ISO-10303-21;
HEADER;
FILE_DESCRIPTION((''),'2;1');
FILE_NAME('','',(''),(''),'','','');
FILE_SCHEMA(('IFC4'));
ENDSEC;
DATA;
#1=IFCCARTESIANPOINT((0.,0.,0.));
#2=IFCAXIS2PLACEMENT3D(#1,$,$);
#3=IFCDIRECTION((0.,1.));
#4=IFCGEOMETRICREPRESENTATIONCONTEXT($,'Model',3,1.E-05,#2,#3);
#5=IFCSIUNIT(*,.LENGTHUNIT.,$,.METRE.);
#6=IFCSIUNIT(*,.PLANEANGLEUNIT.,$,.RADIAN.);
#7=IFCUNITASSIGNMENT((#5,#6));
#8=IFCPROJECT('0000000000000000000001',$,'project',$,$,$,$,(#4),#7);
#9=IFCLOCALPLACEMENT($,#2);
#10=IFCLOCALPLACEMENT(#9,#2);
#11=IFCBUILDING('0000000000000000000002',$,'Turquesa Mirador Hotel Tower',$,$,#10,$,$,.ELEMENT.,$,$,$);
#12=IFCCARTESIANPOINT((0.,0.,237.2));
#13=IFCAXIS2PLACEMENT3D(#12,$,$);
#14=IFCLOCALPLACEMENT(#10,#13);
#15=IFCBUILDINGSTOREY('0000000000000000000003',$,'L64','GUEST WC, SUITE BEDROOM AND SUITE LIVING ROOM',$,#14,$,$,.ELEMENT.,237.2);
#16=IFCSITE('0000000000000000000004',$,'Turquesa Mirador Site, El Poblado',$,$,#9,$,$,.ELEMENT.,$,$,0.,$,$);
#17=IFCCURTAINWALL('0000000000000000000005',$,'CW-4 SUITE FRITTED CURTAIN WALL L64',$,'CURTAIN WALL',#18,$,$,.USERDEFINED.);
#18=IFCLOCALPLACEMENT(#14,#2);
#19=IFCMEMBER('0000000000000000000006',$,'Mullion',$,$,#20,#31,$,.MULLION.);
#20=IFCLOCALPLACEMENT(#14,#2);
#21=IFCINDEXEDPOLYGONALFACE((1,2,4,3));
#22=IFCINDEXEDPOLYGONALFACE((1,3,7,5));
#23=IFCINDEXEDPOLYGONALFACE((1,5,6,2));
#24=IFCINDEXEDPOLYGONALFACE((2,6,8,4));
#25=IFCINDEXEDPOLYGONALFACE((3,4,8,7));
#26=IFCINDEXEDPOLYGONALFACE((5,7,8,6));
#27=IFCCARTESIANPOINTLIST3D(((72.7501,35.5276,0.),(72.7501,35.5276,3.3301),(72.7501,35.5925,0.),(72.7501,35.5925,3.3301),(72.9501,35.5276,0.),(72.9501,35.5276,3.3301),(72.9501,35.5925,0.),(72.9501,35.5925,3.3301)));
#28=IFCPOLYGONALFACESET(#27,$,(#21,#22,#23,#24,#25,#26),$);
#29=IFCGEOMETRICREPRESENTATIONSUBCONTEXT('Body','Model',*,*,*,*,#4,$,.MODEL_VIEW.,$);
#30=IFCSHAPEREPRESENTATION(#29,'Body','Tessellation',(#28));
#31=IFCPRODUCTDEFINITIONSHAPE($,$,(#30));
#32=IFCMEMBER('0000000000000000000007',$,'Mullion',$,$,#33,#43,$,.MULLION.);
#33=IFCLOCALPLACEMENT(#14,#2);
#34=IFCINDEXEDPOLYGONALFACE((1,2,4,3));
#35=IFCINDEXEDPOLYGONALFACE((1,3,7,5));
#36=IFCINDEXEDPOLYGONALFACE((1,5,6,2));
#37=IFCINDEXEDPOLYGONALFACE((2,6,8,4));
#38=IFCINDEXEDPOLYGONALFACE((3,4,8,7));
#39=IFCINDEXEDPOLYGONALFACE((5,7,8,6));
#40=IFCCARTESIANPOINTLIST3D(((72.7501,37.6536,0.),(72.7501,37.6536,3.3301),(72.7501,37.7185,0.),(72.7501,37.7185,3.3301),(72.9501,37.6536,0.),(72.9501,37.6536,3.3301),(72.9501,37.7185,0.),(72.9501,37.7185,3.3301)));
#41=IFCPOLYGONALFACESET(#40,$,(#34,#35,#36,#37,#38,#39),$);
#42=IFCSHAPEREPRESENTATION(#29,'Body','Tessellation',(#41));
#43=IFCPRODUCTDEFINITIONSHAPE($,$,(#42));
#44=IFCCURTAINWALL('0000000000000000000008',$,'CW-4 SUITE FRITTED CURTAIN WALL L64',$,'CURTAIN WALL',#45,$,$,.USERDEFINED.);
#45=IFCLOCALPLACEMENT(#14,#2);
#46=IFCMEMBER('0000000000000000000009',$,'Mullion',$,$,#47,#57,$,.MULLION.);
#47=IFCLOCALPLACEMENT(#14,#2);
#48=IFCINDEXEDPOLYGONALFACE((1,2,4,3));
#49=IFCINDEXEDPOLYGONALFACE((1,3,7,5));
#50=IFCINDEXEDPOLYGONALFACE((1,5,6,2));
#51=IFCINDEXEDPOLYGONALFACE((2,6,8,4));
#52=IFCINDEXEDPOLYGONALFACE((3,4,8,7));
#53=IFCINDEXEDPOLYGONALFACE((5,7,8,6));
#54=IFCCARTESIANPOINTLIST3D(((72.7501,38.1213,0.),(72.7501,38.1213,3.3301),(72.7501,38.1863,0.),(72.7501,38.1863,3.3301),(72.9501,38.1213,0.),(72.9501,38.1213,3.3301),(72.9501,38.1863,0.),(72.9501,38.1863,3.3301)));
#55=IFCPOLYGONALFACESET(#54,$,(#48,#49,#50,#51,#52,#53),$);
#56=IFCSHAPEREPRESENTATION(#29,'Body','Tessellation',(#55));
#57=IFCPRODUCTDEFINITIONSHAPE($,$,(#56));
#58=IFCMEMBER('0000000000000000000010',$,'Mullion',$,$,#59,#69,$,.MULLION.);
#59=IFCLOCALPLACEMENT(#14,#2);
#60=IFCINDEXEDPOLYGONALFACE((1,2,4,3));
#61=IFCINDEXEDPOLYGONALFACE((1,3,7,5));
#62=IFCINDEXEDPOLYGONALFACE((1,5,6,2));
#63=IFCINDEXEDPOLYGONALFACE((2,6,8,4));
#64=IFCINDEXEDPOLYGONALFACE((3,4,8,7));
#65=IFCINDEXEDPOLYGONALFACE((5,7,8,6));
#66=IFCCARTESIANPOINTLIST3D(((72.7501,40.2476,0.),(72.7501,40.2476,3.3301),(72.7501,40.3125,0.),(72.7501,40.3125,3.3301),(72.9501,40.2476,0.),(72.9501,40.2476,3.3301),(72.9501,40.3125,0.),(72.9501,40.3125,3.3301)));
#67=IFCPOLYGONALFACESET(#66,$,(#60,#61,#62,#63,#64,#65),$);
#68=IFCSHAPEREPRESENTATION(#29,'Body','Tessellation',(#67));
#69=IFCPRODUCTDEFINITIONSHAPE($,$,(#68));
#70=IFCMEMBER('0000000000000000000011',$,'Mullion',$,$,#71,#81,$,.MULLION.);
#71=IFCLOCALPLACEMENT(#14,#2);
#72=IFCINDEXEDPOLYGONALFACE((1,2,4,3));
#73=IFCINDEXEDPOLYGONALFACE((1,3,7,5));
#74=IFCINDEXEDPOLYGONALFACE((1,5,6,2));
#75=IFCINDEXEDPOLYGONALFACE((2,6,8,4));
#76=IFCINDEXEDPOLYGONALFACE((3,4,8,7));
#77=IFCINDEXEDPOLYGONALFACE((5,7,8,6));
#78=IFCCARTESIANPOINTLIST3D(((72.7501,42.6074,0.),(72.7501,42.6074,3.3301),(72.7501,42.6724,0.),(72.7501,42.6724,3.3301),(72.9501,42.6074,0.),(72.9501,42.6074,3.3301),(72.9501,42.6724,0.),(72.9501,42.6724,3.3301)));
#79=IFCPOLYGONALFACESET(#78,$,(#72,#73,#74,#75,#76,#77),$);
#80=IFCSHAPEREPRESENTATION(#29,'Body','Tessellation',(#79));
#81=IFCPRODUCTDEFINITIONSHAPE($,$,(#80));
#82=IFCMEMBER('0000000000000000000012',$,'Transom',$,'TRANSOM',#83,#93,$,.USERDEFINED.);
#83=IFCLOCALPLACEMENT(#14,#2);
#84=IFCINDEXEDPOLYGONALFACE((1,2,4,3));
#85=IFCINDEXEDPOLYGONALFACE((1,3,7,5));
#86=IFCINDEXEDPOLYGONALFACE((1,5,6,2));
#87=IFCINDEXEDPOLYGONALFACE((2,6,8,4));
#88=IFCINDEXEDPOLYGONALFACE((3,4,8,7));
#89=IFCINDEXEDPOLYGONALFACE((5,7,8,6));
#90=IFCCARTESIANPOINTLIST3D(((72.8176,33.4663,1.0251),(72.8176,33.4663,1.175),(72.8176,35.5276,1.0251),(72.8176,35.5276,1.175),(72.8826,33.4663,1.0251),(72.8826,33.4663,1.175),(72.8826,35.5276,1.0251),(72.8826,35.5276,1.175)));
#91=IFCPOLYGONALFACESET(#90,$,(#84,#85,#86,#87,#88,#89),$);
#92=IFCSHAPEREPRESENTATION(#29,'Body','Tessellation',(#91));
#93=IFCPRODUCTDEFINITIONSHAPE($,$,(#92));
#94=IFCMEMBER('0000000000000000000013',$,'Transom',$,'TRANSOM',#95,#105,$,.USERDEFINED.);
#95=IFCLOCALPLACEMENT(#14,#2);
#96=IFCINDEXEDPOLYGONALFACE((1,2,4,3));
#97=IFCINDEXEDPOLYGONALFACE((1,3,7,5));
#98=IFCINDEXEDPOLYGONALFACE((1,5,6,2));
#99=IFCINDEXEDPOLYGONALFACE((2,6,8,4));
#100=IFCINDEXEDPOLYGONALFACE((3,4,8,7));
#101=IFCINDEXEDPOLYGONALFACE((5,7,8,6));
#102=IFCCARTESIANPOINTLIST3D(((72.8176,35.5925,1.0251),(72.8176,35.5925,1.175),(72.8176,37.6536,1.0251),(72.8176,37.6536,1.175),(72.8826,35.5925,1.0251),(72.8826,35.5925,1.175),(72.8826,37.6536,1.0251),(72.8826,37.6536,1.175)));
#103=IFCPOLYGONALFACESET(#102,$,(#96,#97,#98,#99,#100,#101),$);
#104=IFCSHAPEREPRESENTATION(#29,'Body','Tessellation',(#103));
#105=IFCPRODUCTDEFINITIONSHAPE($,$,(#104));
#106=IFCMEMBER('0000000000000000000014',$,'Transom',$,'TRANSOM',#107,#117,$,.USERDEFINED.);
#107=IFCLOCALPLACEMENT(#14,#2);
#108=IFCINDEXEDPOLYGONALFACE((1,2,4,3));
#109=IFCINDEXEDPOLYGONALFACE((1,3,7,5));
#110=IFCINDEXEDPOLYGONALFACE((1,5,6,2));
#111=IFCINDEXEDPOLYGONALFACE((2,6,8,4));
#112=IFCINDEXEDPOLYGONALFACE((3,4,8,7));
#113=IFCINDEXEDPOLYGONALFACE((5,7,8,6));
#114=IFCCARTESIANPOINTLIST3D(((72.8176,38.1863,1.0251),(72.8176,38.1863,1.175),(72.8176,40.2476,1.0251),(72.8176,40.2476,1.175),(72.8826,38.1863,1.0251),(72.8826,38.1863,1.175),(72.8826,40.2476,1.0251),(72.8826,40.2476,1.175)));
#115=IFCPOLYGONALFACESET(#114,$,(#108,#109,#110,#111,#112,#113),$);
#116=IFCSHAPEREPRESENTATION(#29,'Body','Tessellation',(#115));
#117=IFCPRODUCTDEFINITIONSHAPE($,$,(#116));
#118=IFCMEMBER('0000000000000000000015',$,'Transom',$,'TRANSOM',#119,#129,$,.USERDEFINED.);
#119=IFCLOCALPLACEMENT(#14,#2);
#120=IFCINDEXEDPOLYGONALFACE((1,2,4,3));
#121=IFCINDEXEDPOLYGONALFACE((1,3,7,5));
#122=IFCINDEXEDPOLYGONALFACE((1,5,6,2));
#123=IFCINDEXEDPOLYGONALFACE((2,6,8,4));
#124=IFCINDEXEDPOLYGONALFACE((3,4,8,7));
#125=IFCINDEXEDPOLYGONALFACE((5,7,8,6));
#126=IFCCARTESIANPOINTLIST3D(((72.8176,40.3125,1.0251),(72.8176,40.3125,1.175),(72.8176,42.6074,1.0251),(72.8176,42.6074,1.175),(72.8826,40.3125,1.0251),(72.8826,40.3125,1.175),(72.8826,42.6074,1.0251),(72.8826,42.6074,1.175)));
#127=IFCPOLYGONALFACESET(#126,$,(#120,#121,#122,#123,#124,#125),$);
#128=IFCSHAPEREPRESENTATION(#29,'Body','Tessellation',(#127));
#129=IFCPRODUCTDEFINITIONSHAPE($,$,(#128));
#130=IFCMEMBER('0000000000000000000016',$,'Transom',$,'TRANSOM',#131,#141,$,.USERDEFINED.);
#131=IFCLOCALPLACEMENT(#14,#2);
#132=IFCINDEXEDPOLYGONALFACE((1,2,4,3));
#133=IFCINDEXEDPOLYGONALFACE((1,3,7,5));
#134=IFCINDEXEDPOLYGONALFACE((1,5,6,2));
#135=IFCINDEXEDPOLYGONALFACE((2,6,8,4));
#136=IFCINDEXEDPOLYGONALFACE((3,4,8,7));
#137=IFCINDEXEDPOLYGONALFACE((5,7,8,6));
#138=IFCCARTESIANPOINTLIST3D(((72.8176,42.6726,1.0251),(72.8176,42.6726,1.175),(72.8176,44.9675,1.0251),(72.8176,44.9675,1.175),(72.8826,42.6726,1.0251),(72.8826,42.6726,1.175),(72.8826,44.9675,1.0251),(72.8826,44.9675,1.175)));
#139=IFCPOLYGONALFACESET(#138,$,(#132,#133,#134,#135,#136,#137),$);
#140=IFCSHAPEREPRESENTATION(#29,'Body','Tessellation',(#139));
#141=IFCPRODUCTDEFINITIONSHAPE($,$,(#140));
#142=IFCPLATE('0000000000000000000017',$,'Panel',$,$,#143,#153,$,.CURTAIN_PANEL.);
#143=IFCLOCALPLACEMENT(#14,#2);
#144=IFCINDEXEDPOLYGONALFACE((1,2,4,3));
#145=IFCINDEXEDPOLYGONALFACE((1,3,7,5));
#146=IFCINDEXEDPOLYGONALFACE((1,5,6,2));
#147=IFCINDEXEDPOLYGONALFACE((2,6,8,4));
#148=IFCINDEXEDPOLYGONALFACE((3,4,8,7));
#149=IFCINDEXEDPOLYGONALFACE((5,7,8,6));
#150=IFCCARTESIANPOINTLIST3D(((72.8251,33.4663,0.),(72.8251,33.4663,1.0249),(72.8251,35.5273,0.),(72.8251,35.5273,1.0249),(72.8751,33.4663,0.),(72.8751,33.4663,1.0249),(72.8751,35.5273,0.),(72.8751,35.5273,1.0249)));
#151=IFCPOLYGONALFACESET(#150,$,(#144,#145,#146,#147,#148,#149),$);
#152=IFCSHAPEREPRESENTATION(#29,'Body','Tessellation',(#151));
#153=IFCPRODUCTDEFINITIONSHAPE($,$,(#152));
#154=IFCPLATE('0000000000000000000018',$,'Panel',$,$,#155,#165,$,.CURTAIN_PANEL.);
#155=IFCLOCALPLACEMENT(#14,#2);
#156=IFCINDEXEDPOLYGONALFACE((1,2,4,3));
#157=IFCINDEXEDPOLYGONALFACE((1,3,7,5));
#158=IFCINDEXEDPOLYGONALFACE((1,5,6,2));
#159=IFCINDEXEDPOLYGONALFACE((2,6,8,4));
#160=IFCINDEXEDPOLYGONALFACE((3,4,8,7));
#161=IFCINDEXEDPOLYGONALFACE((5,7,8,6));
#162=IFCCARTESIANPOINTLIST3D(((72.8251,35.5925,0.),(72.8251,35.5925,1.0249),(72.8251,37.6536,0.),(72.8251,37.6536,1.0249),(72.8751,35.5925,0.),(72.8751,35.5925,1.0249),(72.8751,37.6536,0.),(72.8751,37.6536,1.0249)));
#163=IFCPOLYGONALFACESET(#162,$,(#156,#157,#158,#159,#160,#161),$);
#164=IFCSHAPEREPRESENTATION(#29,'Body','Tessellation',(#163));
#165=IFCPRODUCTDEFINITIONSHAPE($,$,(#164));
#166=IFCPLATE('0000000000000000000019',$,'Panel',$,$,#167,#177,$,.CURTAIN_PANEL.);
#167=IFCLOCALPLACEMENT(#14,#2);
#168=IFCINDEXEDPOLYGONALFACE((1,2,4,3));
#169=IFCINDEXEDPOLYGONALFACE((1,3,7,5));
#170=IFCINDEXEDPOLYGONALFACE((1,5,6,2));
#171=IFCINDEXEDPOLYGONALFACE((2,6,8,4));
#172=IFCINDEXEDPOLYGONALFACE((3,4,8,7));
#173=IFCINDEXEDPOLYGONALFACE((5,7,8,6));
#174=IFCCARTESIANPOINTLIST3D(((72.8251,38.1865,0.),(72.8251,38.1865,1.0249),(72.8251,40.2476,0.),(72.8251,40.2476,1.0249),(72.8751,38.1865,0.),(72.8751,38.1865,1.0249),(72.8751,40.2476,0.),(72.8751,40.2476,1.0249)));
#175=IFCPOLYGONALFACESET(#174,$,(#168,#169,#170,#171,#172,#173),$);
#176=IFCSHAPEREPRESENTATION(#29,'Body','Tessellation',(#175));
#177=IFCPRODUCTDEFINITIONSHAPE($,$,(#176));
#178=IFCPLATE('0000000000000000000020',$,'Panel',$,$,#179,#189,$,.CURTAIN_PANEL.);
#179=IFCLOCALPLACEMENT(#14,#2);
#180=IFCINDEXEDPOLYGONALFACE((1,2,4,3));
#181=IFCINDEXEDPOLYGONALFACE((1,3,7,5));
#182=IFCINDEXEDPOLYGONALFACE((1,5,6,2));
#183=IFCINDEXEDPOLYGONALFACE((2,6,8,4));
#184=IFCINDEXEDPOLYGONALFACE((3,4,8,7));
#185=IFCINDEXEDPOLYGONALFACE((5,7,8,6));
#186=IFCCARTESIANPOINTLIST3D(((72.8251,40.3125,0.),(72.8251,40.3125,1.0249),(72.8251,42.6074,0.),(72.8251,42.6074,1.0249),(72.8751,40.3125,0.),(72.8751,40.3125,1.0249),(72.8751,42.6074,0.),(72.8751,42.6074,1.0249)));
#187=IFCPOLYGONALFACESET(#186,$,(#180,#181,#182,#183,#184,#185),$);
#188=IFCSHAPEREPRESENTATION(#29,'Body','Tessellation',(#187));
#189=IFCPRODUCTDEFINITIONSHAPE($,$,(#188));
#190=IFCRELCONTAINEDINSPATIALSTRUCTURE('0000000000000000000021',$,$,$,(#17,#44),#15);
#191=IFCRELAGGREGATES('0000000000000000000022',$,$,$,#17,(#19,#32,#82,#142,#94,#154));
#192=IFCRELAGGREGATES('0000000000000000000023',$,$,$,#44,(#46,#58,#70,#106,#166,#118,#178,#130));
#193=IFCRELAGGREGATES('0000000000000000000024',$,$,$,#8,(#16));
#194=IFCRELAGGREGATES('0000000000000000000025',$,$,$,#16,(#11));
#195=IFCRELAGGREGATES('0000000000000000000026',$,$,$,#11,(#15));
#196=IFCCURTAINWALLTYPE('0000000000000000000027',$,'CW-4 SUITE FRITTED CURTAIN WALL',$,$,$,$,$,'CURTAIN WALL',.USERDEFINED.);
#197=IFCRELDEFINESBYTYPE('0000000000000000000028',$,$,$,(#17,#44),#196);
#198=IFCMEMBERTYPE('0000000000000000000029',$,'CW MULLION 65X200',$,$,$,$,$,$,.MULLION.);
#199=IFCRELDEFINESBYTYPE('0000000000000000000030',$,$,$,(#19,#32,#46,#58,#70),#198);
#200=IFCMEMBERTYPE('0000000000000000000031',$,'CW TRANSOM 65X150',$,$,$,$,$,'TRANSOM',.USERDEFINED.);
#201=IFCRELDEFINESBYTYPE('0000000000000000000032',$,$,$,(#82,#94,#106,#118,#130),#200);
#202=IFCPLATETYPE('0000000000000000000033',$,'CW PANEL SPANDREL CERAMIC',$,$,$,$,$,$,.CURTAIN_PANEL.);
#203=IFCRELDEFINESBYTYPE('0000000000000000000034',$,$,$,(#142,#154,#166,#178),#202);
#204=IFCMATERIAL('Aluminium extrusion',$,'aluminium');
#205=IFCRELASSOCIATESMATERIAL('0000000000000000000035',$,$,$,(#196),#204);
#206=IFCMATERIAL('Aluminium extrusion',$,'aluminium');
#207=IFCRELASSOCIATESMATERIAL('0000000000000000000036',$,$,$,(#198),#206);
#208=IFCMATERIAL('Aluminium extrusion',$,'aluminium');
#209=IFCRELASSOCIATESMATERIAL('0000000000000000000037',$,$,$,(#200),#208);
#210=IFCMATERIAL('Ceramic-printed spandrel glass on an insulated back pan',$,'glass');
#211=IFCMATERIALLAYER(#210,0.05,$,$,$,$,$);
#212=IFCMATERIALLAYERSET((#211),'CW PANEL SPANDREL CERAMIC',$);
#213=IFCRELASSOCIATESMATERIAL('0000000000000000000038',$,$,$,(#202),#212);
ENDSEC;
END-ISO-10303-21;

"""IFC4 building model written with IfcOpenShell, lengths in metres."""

from ifc_helpers import new_model, si_unit, direction, frame, origin, origin_2d, place, context, subcontext, project, spatial, rectangle, extrude, material, layer, layer_set, material_profile, profile_set, type_object, element, aggregate, save


model = new_model("IFC4")

# Units and contexts
model_context = context("Model", 3, precision=1e-05, world=origin(), true_north=direction((0.0, 1.0)))
body_context = subcontext(model_context, "Body", "Model", "MODEL_VIEW")
ifc_project = project(units=[si_unit("LENGTHUNIT", "METRE"), si_unit("PLANEANGLEUNIT", "RADIAN")], contexts=[model_context])

# Site, building, storey
site_placement = place(None, origin())
site = spatial("IfcSite", under=ifc_project, at=site_placement, Name="Turquesa Mirador Site, El Poblado", CompositionType="ELEMENT", RefElevation=0.0)
building_placement = place(site_placement, origin())
building = spatial("IfcBuilding", under=site, at=building_placement, Name="Turquesa Mirador Hotel Tower", CompositionType="ELEMENT")
storey_placement = place(building_placement, frame((0.0, 0.0, 237.2)))
storey = spatial("IfcBuildingStorey", under=building, at=storey_placement, Name="L64", Description="GUEST WC, SUITE BEDROOM AND SUITE LIVING ROOM", CompositionType="ELEMENT", Elevation=237.2)

# Curtain walls, members
ifc_material_1 = material(Name="Aluminium extrusion", Category="aluminium")
curtain_wall_type = type_object("IfcCurtainWallType", Name="CW-4 SUITE FRITTED CURTAIN WALL", ElementType="CURTAIN WALL", PredefinedType="USERDEFINED", material=ifc_material_1)
curtain_wall_1_placement = place(storey_placement, origin())
curtain_wall_1 = element("IfcCurtainWall", 1, at=curtain_wall_1_placement, inside=storey, type_object=curtain_wall_type, Name="CW-4 SUITE FRITTED CURTAIN WALL L64", ObjectType="CURTAIN WALL", PredefinedType="USERDEFINED")
ifc_material_2 = material(Name="Aluminium extrusion", Category="aluminium")
ifc_material_profile_1 = material_profile(ifc_material_2, rectangle(XDim=0.0649, YDim=0.2, at=origin_2d()), Name="MULLION 65X200")
ifc_profile_set_1 = profile_set([ifc_material_profile_1], Name="Aluminium extrusion")
member_type_1 = type_object("IfcMemberType", Name="CW MULLION 65X200", PredefinedType="MULLION", material=ifc_profile_set_1)
member_1_placement = place(storey_placement, frame((72.8501, 35.5601, 0.0), z_axis=(0.0, 0.0, 1.0), x_axis=(0.0, 1.0, 0.0)))
member_1 = element("IfcMember", 2, at=member_1_placement, type_object=member_type_1, Name="Mullion", PredefinedType="MULLION", context=body_context, shape_type="SweptSolid", body=[
    extrude(rectangle(XDim=0.0649, YDim=0.2, at=origin_2d()), origin(), (0.0, 0.0, 1.0), 3.3301),
])
member_2_placement = place(storey_placement, frame((72.8501, 37.686, 0.0), z_axis=(0.0, 0.0, 1.0), x_axis=(0.0, 1.0, 0.0)))
member_2 = element("IfcMember", 3, at=member_2_placement, type_object=member_type_1, Name="Mullion", PredefinedType="MULLION", context=body_context, shape_type="SweptSolid", body=[
    extrude(rectangle(XDim=0.0649, YDim=0.2, at=origin_2d()), origin(), (0.0, 0.0, 1.0), 3.3301),
])
curtain_wall_2_placement = place(storey_placement, origin())
curtain_wall_2 = element("IfcCurtainWall", 4, at=curtain_wall_2_placement, inside=storey, type_object=curtain_wall_type, Name="CW-4 SUITE FRITTED CURTAIN WALL L64", ObjectType="CURTAIN WALL", PredefinedType="USERDEFINED")
member_3_placement = place(storey_placement, frame((72.8501, 38.1538, 0.0), z_axis=(0.0, 0.0, 1.0), x_axis=(0.0, 1.0, 0.0)))
member_3 = element("IfcMember", 5, at=member_3_placement, type_object=member_type_1, Name="Mullion", PredefinedType="MULLION", context=body_context, shape_type="SweptSolid", body=[
    extrude(rectangle(XDim=0.0649, YDim=0.2, at=origin_2d()), origin(), (0.0, 0.0, 1.0), 3.3301),
])
member_4_placement = place(storey_placement, frame((72.8501, 40.28, 0.0), z_axis=(0.0, 0.0, 1.0), x_axis=(0.0, 1.0, 0.0)))
member_4 = element("IfcMember", 6, at=member_4_placement, type_object=member_type_1, Name="Mullion", PredefinedType="MULLION", context=body_context, shape_type="SweptSolid", body=[
    extrude(rectangle(XDim=0.0649, YDim=0.2, at=origin_2d()), origin(), (0.0, 0.0, 1.0), 3.3301),
])
member_5_placement = place(storey_placement, frame((72.8501, 42.6399, 0.0), z_axis=(0.0, 0.0, 1.0), x_axis=(0.0, 1.0, 0.0)))
member_5 = element("IfcMember", 7, at=member_5_placement, type_object=member_type_1, Name="Mullion", PredefinedType="MULLION", context=body_context, shape_type="SweptSolid", body=[
    extrude(rectangle(XDim=0.0649, YDim=0.2, at=origin_2d()), origin(), (0.0, 0.0, 1.0), 3.3301),
])

# Members
ifc_material_3 = material(Name="Aluminium extrusion", Category="aluminium")
ifc_material_profile_2 = material_profile(ifc_material_3, rectangle(XDim=0.0649, YDim=0.1499, at=origin_2d()), Name="TRANSOM 65X150")
ifc_profile_set_2 = profile_set([ifc_material_profile_2], Name="Aluminium extrusion")
member_type_2 = type_object("IfcMemberType", Name="CW TRANSOM 65X150", ElementType="TRANSOM", PredefinedType="USERDEFINED", material=ifc_profile_set_2)
member_6_placement = place(storey_placement, frame((72.8501, 33.4663, 1.1001), z_axis=(0.0, 1.0, 0.0), x_axis=(-1.0, 0.0, 0.0)))
member_6 = element("IfcMember", 8, at=member_6_placement, type_object=member_type_2, Name="Transom", ObjectType="TRANSOM", PredefinedType="USERDEFINED", context=body_context, shape_type="SweptSolid", body=[
    extrude(rectangle(XDim=0.0649, YDim=0.1499, at=origin_2d()), origin(), (0.0, 0.0, 1.0), 2.0613),
])
member_7_placement = place(storey_placement, frame((72.8501, 35.5925, 1.1001), z_axis=(0.0, 1.0, 0.0), x_axis=(-1.0, 0.0, 0.0)))
member_7 = element("IfcMember", 9, at=member_7_placement, type_object=member_type_2, Name="Transom", ObjectType="TRANSOM", PredefinedType="USERDEFINED", context=body_context, shape_type="SweptSolid", body=[
    extrude(rectangle(XDim=0.0649, YDim=0.1499, at=origin_2d()), origin(), (0.0, 0.0, 1.0), 2.061),
])
member_8_placement = place(storey_placement, frame((72.8501, 38.1863, 1.1001), z_axis=(0.0, 1.0, 0.0), x_axis=(-1.0, 0.0, 0.0)))
member_8 = element("IfcMember", 10, at=member_8_placement, type_object=member_type_2, Name="Transom", ObjectType="TRANSOM", PredefinedType="USERDEFINED", context=body_context, shape_type="SweptSolid", body=[
    extrude(rectangle(XDim=0.0649, YDim=0.1499, at=origin_2d()), origin(), (0.0, 0.0, 1.0), 2.0613),
])
member_9_placement = place(storey_placement, frame((72.8501, 40.3125, 1.1001), z_axis=(0.0, 1.0, 0.0), x_axis=(-1.0, 0.0, 0.0)))
member_9 = element("IfcMember", 11, at=member_9_placement, type_object=member_type_2, Name="Transom", ObjectType="TRANSOM", PredefinedType="USERDEFINED", context=body_context, shape_type="SweptSolid", body=[
    extrude(rectangle(XDim=0.0649, YDim=0.1499, at=origin_2d()), origin(), (0.0, 0.0, 1.0), 2.2949),
])
member_10_placement = place(storey_placement, frame((72.8501, 42.6726, 1.1001), z_axis=(0.0, 1.0, 0.0), x_axis=(-1.0, 0.0, 0.0)))
member_10 = element("IfcMember", 12, at=member_10_placement, type_object=member_type_2, Name="Transom", ObjectType="TRANSOM", PredefinedType="USERDEFINED", context=body_context, shape_type="SweptSolid", body=[
    extrude(rectangle(XDim=0.0649, YDim=0.1499, at=origin_2d()), origin(), (0.0, 0.0, 1.0), 2.2949),
])

# Plates
ifc_material_4 = material(Name="Ceramic-printed spandrel glass on an insulated back pan", Category="glass")
ifc_layer_1 = layer(ifc_material_4, 0.05)
ifc_layer_set_1 = layer_set([ifc_layer_1], Name="CW PANEL SPANDREL CERAMIC")
plate_type_1 = type_object("IfcPlateType", Name="CW PANEL SPANDREL CERAMIC", PredefinedType="CURTAIN_PANEL", material=ifc_layer_set_1)
plate_1_placement = place(storey_placement, frame((72.8501, 34.4968, 0.0), z_axis=(0.0, 0.0, 1.0), x_axis=(0.0, 1.0, 0.0)))
plate_1 = element("IfcPlate", 13, at=plate_1_placement, type_object=plate_type_1, Name="Panel", PredefinedType="CURTAIN_PANEL", context=body_context, shape_type="SweptSolid", body=[
    extrude(rectangle(XDim=2.061, YDim=0.05, at=origin_2d()), origin(), (0.0, 0.0, 1.0), 1.0249),
])
plate_2_placement = place(storey_placement, frame((72.8501, 36.623, 0.0), z_axis=(0.0, 0.0, 1.0), x_axis=(0.0, 1.0, 0.0)))
plate_2 = element("IfcPlate", 14, at=plate_2_placement, type_object=plate_type_1, Name="Panel", PredefinedType="CURTAIN_PANEL", context=body_context, shape_type="SweptSolid", body=[
    extrude(rectangle(XDim=2.061, YDim=0.05, at=origin_2d()), origin(), (0.0, 0.0, 1.0), 1.0249),
])
plate_3_placement = place(storey_placement, frame((72.8501, 39.217, 0.0), z_axis=(0.0, 0.0, 1.0), x_axis=(0.0, 1.0, 0.0)))
plate_3 = element("IfcPlate", 15, at=plate_3_placement, type_object=plate_type_1, Name="Panel", PredefinedType="CURTAIN_PANEL", context=body_context, shape_type="SweptSolid", body=[
    extrude(rectangle(XDim=2.061, YDim=0.05, at=origin_2d()), origin(), (0.0, 0.0, 1.0), 1.0249),
])
plate_4_placement = place(storey_placement, frame((72.8501, 41.46, 0.0), z_axis=(0.0, 0.0, 1.0), x_axis=(0.0, 1.0, 0.0)))
plate_4 = element("IfcPlate", 16, at=plate_4_placement, type_object=plate_type_1, Name="Panel", PredefinedType="CURTAIN_PANEL", context=body_context, shape_type="SweptSolid", body=[
    extrude(rectangle(XDim=2.2949, YDim=0.05, at=origin_2d()), origin(), (0.0, 0.0, 1.0), 1.0249),
])
aggregate(curtain_wall_1, [member_1, member_2, member_6, plate_1, member_7, plate_2])
aggregate(curtain_wall_2, [member_3, member_4, member_5, member_8, plate_3, member_9, plate_4, member_10])

save(model, "model.ifc")
